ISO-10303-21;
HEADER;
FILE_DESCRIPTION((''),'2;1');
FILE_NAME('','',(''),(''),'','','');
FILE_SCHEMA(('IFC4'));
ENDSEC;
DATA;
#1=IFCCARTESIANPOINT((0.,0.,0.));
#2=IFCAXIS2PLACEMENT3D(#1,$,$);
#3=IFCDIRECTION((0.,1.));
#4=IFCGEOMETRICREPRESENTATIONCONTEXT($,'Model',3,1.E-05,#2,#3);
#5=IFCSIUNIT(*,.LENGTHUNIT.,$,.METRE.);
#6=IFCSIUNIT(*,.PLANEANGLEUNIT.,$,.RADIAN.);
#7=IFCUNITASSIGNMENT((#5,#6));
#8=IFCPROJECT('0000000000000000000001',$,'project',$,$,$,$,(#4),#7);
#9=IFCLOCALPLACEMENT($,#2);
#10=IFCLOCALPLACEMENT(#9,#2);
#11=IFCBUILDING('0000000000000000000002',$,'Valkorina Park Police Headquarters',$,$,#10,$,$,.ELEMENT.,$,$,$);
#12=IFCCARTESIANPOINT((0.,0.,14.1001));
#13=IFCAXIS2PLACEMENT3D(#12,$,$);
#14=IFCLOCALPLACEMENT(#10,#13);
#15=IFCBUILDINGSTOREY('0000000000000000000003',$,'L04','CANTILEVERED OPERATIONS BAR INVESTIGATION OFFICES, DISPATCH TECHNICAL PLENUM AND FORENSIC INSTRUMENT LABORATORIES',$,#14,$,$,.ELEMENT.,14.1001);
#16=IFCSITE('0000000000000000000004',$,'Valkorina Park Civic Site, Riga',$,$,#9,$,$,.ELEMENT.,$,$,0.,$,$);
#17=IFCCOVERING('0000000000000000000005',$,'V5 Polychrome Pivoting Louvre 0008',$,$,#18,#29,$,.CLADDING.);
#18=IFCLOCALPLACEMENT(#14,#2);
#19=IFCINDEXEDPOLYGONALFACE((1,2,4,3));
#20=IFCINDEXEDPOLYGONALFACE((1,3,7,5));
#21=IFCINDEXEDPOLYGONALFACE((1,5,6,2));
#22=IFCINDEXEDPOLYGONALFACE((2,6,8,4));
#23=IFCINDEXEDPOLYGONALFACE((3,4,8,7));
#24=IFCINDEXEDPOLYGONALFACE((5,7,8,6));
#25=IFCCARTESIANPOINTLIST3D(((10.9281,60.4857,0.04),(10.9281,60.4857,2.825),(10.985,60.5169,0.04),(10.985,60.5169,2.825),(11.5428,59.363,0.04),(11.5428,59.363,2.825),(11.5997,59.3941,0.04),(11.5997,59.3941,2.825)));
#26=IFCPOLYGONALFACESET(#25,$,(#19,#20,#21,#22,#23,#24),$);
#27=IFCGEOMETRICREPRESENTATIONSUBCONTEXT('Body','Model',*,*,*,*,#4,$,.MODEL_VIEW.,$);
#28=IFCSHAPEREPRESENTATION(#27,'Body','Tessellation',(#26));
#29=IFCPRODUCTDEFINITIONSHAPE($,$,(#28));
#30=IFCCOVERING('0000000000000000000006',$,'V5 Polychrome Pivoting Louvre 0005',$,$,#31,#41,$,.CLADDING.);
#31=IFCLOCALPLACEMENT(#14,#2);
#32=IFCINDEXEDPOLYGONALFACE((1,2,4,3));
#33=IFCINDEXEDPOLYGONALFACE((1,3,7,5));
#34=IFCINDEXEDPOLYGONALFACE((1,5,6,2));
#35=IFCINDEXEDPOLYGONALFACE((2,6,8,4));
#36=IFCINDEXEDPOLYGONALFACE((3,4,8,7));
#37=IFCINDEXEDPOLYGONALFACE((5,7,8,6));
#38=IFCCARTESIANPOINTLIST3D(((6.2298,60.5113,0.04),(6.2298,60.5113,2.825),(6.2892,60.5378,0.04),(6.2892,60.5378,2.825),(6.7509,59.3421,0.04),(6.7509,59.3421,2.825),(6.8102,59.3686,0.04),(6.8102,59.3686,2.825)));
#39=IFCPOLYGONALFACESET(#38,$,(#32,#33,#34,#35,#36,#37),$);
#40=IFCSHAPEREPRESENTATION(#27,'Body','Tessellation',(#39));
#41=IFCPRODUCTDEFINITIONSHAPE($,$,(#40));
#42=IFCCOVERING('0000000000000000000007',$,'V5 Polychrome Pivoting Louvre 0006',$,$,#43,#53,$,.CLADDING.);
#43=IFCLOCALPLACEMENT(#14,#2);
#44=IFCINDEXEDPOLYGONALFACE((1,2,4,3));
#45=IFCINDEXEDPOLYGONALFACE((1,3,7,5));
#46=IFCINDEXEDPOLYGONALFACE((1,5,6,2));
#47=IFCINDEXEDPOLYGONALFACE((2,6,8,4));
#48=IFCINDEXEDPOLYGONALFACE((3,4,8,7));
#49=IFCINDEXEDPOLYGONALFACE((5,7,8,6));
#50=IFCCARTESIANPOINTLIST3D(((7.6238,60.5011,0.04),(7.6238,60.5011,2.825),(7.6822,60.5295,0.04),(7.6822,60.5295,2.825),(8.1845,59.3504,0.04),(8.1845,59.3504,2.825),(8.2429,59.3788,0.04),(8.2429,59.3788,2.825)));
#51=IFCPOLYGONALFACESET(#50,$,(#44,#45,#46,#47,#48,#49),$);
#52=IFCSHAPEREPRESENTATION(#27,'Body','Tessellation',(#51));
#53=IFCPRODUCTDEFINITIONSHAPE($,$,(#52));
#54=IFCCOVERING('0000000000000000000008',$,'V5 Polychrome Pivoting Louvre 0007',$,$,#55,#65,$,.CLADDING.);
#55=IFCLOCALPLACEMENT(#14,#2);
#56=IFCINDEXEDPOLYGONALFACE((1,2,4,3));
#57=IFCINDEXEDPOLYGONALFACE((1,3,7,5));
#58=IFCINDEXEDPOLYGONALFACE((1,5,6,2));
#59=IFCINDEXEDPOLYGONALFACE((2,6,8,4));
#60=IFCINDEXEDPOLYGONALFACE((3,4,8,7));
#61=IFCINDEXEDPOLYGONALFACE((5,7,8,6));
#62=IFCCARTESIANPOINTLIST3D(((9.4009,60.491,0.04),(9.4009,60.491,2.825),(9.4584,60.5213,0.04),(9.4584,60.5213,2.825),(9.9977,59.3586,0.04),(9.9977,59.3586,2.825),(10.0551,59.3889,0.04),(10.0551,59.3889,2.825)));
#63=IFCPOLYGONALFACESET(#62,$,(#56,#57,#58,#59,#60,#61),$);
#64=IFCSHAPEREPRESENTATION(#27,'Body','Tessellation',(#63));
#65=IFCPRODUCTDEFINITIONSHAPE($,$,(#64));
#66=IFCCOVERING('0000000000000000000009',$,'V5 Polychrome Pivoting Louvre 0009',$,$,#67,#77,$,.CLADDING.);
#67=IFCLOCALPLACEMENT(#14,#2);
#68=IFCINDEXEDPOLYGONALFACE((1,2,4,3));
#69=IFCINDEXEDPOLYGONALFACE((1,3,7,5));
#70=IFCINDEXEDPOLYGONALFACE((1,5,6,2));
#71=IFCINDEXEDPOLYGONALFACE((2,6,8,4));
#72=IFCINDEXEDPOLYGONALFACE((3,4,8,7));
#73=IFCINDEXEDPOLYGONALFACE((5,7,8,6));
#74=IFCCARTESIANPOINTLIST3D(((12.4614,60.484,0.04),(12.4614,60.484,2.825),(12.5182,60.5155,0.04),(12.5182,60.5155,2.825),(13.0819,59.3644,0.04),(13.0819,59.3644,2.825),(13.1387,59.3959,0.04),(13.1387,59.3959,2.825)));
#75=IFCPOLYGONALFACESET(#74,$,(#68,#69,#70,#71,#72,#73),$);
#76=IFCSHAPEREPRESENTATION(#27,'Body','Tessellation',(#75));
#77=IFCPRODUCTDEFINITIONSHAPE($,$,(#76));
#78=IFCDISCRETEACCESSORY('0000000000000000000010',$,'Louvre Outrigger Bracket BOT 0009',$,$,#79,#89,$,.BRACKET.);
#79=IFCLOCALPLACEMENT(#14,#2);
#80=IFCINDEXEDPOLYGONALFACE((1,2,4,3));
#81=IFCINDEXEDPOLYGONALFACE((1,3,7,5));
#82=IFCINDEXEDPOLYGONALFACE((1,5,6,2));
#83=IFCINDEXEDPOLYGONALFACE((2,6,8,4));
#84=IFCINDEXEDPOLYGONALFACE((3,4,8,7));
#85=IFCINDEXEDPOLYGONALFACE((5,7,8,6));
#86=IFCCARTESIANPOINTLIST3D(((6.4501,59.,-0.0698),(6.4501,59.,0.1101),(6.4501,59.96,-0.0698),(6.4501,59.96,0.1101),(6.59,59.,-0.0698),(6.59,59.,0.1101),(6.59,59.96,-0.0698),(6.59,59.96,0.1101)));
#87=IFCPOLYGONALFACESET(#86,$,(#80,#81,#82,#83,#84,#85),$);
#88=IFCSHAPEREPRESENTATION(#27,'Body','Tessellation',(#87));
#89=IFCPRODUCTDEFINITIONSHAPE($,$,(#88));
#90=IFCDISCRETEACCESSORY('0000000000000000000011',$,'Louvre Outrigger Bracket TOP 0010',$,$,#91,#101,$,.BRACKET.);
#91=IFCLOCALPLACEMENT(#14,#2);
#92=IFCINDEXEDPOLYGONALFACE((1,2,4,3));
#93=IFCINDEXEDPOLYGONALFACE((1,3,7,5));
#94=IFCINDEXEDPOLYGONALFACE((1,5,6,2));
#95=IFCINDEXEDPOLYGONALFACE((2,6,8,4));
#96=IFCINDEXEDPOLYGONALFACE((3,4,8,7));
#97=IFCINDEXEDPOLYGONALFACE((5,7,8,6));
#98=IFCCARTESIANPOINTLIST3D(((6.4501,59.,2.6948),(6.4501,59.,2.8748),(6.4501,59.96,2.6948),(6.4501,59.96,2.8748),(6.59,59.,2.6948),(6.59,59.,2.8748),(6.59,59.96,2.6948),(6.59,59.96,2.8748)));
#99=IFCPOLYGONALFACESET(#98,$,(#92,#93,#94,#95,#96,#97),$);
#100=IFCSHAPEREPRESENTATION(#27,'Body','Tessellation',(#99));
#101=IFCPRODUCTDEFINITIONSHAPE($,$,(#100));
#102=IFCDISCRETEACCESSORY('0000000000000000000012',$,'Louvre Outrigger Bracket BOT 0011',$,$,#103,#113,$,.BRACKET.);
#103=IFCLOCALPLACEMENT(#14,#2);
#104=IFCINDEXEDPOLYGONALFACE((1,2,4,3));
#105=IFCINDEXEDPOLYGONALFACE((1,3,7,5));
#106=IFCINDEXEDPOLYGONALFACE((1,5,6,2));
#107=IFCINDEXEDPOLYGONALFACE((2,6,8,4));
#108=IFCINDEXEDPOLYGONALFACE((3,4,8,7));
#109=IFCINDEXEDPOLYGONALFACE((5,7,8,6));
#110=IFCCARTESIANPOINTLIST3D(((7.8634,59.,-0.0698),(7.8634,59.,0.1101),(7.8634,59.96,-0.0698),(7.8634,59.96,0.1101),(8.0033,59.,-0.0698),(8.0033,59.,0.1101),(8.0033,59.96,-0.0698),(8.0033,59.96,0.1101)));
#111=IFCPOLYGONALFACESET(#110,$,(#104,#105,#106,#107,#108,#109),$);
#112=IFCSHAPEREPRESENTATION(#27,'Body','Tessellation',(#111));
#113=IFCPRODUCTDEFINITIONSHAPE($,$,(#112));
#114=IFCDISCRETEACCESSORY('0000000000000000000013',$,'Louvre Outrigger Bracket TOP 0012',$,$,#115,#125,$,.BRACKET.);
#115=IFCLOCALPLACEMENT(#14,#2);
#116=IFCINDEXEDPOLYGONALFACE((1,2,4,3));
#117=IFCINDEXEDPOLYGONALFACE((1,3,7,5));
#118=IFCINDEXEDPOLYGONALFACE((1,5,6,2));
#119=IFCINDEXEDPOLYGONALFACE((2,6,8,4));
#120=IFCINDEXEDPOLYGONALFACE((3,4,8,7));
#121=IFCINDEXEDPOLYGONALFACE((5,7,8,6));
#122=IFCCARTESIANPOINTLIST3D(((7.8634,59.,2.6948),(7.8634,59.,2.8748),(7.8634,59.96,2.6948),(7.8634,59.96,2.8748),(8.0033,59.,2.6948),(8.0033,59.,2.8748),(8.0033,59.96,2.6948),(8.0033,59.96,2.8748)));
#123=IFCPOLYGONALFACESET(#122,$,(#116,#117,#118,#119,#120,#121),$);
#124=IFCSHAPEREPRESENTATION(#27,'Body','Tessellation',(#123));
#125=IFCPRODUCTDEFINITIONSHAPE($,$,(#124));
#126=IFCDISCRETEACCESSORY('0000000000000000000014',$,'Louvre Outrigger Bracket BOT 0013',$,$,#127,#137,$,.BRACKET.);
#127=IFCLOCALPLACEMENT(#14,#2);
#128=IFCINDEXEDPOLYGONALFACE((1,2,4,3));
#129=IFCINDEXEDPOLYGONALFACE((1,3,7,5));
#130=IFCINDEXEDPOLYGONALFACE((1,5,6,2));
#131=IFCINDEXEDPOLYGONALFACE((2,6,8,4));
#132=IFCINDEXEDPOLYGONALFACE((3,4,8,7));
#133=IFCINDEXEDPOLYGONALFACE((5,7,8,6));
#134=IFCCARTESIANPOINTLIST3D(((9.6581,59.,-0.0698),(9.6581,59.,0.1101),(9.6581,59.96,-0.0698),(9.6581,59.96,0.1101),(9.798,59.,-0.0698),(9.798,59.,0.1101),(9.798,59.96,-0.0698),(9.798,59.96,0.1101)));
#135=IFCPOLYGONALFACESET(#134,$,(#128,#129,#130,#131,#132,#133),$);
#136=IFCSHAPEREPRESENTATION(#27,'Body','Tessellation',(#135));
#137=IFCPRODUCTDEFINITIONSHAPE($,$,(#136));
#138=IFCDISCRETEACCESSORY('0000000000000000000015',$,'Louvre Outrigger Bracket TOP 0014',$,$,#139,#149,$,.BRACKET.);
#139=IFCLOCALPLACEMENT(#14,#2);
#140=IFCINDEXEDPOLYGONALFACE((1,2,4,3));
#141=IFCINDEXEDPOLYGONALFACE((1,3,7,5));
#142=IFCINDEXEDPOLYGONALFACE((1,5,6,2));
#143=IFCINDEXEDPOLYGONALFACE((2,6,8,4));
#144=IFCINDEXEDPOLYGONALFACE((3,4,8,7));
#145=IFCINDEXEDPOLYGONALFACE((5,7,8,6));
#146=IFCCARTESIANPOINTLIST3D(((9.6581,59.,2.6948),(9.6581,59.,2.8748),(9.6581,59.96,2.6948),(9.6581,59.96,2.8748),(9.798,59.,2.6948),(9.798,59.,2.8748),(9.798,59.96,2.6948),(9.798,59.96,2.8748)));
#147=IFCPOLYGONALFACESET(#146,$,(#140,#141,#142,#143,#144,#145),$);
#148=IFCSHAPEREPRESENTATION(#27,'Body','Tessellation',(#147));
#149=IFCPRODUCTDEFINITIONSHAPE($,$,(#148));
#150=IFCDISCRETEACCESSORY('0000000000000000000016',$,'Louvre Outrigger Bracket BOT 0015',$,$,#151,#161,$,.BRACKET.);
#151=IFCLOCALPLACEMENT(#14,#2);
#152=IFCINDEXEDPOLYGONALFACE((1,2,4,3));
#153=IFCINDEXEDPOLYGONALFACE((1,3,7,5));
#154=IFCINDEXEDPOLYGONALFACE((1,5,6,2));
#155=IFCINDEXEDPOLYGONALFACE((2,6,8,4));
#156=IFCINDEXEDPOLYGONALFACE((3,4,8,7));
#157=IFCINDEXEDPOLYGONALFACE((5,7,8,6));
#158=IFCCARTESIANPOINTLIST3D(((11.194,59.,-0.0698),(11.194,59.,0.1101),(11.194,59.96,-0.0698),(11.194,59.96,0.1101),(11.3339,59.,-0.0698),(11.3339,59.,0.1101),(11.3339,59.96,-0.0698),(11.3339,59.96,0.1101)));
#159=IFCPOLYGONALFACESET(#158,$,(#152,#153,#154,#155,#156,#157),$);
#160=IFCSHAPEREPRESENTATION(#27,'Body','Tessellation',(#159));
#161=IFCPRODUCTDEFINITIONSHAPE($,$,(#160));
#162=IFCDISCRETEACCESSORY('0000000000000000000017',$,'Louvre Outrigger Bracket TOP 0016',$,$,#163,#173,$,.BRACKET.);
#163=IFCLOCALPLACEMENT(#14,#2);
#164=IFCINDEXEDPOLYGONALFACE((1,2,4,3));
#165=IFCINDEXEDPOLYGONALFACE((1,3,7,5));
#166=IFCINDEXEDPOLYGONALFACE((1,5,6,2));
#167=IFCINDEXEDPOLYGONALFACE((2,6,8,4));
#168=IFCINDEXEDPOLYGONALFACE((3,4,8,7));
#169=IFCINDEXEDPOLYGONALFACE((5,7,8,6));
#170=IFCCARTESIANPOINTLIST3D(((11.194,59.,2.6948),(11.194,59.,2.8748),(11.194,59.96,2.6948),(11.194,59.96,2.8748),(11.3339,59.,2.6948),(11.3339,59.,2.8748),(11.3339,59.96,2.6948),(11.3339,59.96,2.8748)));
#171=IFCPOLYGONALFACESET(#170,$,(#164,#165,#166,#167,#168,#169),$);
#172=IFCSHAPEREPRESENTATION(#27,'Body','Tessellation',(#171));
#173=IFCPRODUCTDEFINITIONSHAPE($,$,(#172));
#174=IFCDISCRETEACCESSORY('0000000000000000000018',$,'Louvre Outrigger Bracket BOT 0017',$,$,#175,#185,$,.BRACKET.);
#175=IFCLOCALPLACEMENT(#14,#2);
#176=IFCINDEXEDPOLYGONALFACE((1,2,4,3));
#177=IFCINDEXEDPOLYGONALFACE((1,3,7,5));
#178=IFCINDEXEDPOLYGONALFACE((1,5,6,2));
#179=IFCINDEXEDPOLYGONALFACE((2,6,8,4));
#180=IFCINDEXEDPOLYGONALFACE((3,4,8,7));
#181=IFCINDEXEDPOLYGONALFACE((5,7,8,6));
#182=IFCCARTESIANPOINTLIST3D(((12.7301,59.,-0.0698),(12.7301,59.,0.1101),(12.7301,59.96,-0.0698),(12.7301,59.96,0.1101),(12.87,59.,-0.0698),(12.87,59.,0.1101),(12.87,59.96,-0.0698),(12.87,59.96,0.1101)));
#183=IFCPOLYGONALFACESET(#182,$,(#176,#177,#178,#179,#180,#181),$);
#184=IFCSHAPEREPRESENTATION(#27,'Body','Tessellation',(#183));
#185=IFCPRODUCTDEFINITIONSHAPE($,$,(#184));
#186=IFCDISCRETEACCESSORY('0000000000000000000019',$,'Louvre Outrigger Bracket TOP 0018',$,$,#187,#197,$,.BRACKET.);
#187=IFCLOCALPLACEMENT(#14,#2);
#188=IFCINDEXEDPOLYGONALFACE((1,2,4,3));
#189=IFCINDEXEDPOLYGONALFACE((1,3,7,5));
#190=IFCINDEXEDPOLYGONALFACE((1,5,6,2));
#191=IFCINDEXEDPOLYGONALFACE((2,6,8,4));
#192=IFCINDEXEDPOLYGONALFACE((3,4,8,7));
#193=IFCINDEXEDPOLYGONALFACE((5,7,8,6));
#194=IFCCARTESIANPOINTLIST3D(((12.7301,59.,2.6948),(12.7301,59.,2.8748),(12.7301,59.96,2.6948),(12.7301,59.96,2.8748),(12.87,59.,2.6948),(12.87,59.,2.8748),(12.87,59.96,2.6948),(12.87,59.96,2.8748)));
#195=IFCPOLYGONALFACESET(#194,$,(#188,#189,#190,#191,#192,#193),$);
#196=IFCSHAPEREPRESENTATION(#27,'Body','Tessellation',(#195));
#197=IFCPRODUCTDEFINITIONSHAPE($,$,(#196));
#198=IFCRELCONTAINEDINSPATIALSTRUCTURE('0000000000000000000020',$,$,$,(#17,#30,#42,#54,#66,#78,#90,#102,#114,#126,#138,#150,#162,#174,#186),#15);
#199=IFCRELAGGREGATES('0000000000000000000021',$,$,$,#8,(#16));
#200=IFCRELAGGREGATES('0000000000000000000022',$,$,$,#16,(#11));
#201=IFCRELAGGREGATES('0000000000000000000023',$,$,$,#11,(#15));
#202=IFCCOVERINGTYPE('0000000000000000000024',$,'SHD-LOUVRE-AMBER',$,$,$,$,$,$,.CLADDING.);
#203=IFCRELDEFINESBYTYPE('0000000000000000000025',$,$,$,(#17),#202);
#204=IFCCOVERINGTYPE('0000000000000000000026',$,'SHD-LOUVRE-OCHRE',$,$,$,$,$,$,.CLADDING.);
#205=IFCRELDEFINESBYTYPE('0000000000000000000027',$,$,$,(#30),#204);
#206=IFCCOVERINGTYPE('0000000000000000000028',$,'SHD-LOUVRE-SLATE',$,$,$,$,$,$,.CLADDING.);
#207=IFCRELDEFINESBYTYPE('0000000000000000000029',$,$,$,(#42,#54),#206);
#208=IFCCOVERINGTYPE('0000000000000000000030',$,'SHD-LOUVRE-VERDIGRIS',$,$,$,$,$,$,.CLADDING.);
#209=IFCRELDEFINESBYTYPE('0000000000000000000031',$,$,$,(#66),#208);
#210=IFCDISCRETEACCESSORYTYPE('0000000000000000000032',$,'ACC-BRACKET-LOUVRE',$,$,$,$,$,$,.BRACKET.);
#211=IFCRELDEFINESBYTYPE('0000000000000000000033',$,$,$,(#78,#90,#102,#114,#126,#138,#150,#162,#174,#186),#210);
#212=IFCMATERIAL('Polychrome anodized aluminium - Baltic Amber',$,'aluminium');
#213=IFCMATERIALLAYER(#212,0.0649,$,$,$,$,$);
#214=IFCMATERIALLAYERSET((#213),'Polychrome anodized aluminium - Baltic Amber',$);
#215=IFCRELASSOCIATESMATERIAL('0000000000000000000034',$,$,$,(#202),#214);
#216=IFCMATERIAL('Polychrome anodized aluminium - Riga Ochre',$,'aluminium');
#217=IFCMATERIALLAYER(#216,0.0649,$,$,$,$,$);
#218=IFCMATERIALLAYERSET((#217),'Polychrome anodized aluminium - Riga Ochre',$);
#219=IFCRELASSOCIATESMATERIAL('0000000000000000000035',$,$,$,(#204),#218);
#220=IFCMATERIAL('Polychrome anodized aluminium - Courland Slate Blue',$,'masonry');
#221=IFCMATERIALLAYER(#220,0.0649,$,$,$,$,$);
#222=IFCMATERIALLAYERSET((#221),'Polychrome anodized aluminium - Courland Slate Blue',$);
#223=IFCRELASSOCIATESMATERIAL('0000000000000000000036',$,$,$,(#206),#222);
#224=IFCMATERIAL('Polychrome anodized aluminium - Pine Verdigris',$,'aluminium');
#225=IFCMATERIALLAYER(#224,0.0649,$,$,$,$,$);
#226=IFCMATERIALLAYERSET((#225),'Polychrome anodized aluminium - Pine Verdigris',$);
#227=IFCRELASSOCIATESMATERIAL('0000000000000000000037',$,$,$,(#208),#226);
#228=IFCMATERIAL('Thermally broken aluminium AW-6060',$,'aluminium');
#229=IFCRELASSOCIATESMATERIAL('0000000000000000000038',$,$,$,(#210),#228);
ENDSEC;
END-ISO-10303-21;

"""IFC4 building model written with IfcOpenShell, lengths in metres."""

from ifc_helpers import new_model, si_unit, direction, frame, origin, origin_2d, place, context, subcontext, project, spatial, rectangle, extrude, material, layer, layer_set, type_object, element, save


model = new_model("IFC4")

# Units and contexts
model_context = context("Model", 3, precision=1e-05, world=origin(), true_north=direction((0.0, 1.0)))
body_context = subcontext(model_context, "Body", "Model", "MODEL_VIEW")
ifc_project = project(units=[si_unit("LENGTHUNIT", "METRE"), si_unit("PLANEANGLEUNIT", "RADIAN")], contexts=[model_context])

# Site, building, storey
site_placement = place(None, origin())
site = spatial("IfcSite", under=ifc_project, at=site_placement, Name="Valkorina Park Civic Site, Riga", CompositionType="ELEMENT", RefElevation=0.0)
building_placement = place(site_placement, origin())
building = spatial("IfcBuilding", under=site, at=building_placement, Name="Valkorina Park Police Headquarters", CompositionType="ELEMENT")
storey_placement = place(building_placement, frame((0.0, 0.0, 14.1001)))
storey = spatial("IfcBuildingStorey", under=building, at=storey_placement, Name="L04", Description="CANTILEVERED OPERATIONS BAR INVESTIGATION OFFICES, DISPATCH TECHNICAL PLENUM AND FORENSIC INSTRUMENT LABORATORIES", CompositionType="ELEMENT", Elevation=14.1001)

# Shared definitions
ifc_material_1 = material(Name="Thermally broken aluminium AW-6060", Category="aluminium")

# Coverings
ifc_material_2 = material(Name="Polychrome anodized aluminium - Baltic Amber", Category="aluminium")
ifc_layer_1 = layer(ifc_material_2, 0.0649)
ifc_layer_set_1 = layer_set([ifc_layer_1], Name="Polychrome anodized aluminium - Baltic Amber")
covering_type_1 = type_object("IfcCoveringType", Name="SHD-LOUVRE-AMBER", PredefinedType="CLADDING", material=ifc_layer_set_1)
covering_1_placement = place(storey_placement, frame((11.2639, 59.9399, 0.04), z_axis=(0.0, 0.0, 1.0), x_axis=(-0.480223, 0.877146, 0.0)))
element("IfcCovering", 1, at=covering_1_placement, inside=storey, type_object=covering_type_1, Name="V5 Polychrome Pivoting Louvre 0008", PredefinedType="CLADDING", context=body_context, shape_type="SweptSolid", body=[
    extrude(rectangle(XDim=1.28, YDim=0.0649, at=origin_2d()), origin(), (0.0, 0.0, 1.0), 2.7849),
])
ifc_material_3 = material(Name="Polychrome anodized aluminium - Riga Ochre", Category="aluminium")
ifc_layer_2 = layer(ifc_material_3, 0.0649)
ifc_layer_set_2 = layer_set([ifc_layer_2], Name="Polychrome anodized aluminium - Riga Ochre")
covering_type_2 = type_object("IfcCoveringType", Name="SHD-LOUVRE-OCHRE", PredefinedType="CLADDING", material=ifc_layer_set_2)
covering_2_placement = place(storey_placement, frame((6.52, 59.9399, 0.04), z_axis=(0.0, 0.0, 1.0), x_axis=(-0.407056, 0.913403, 0.0)))
element("IfcCovering", 2, at=covering_2_placement, inside=storey, type_object=covering_type_2, Name="V5 Polychrome Pivoting Louvre 0005", PredefinedType="CLADDING", context=body_context, shape_type="SweptSolid", body=[
    extrude(rectangle(XDim=1.28, YDim=0.0649, at=origin_2d()), origin(), (0.0, 0.0, 1.0), 2.7849),
])
ifc_material_4 = material(Name="Polychrome anodized aluminium - Courland Slate Blue", Category="masonry")
ifc_layer_3 = layer(ifc_material_4, 0.0649)
ifc_layer_set_3 = layer_set([ifc_layer_3], Name="Polychrome anodized aluminium - Courland Slate Blue")
covering_type_3 = type_object("IfcCoveringType", Name="SHD-LOUVRE-SLATE", PredefinedType="CLADDING", material=ifc_layer_set_3)
for number, where, z_axis, x_axis, name in (
    (3, (7.9333, 59.9399, 0.04), (0.0, 0.0, 1.0), (-0.438057, 0.898947, 0.0), "V5 Polychrome Pivoting Louvre 0006"),
    (4, (9.728, 59.9399, 0.04), (0.0, 0.0, 1.0), (-0.466232, 0.884662, 0.0), "V5 Polychrome Pivoting Louvre 0007"),
):
    element("IfcCovering", number, at=place(storey_placement, frame(where, z_axis=z_axis, x_axis=x_axis)), inside=storey, type_object=covering_type_3, Name=name, PredefinedType="CLADDING", context=body_context, shape_type="SweptSolid", body=[
        extrude(rectangle(XDim=1.28, YDim=0.0649, at=origin_2d()), origin(), (0.0, 0.0, 1.0), 2.7849),
    ])
ifc_material_5 = material(Name="Polychrome anodized aluminium - Pine Verdigris", Category="aluminium")
ifc_layer_4 = layer(ifc_material_5, 0.0649)
ifc_layer_set_4 = layer_set([ifc_layer_4], Name="Polychrome anodized aluminium - Pine Verdigris")
covering_type_4 = type_object("IfcCoveringType", Name="SHD-LOUVRE-VERDIGRIS", PredefinedType="CLADDING", material=ifc_layer_set_4)
covering_3_placement = place(storey_placement, frame((12.8, 59.9399, 0.04), z_axis=(0.0, 0.0, 1.0), x_axis=(-0.48481, 0.87462, 0.0)))
element("IfcCovering", 5, at=covering_3_placement, inside=storey, type_object=covering_type_4, Name="V5 Polychrome Pivoting Louvre 0009", PredefinedType="CLADDING", context=body_context, shape_type="SweptSolid", body=[
    extrude(rectangle(XDim=1.28, YDim=0.0649, at=origin_2d()), origin(), (0.0, 0.0, 1.0), 2.7849),
])

# Discrete accessories
discrete_accessory_type = type_object("IfcDiscreteAccessoryType", Name="ACC-BRACKET-LOUVRE", PredefinedType="BRACKET", material=ifc_material_1)
for number, where, z_axis, x_axis, name in (
    (6, (6.52, 59.48, -0.0698), (0.0, 0.0, 1.0), (0.0, 1.0, 0.0), "Louvre Outrigger Bracket BOT 0009"),
    (7, (6.52, 59.48, 2.6948), (0.0, 0.0, 1.0), (0.0, 1.0, 0.0), "Louvre Outrigger Bracket TOP 0010"),
    (8, (7.9333, 59.48, -0.0698), (0.0, 0.0, 1.0), (0.0, 1.0, 0.0), "Louvre Outrigger Bracket BOT 0011"),
    (9, (7.9333, 59.48, 2.6948), (0.0, 0.0, 1.0), (0.0, 1.0, 0.0), "Louvre Outrigger Bracket TOP 0012"),
    (10, (9.728, 59.48, -0.0698), (0.0, 0.0, 1.0), (0.0, 1.0, 0.0), "Louvre Outrigger Bracket BOT 0013"),
    (11, (9.728, 59.48, 2.6948), (0.0, 0.0, 1.0), (0.0, 1.0, 0.0), "Louvre Outrigger Bracket TOP 0014"),
    (12, (11.2639, 59.48, -0.0698), (0.0, 0.0, 1.0), (0.0, 1.0, 0.0), "Louvre Outrigger Bracket BOT 0015"),
    (13, (11.2639, 59.48, 2.6948), (0.0, 0.0, 1.0), (0.0, 1.0, 0.0), "Louvre Outrigger Bracket TOP 0016"),
    (14, (12.8, 59.48, -0.0698), (0.0, 0.0, 1.0), (0.0, 1.0, 0.0), "Louvre Outrigger Bracket BOT 0017"),
    (15, (12.8, 59.48, 2.6948), (0.0, 0.0, 1.0), (0.0, 1.0, 0.0), "Louvre Outrigger Bracket TOP 0018"),
):
    element("IfcDiscreteAccessory", number, at=place(storey_placement, frame(where, z_axis=z_axis, x_axis=x_axis)), inside=storey, type_object=discrete_accessory_type, Name=name, PredefinedType="BRACKET", context=body_context, shape_type="SweptSolid", body=[
        extrude(rectangle(XDim=0.96, YDim=0.1399, at=origin_2d()), origin(), (0.0, 0.0, 1.0), 0.1799),
    ])

save(model, "model.ifc")
